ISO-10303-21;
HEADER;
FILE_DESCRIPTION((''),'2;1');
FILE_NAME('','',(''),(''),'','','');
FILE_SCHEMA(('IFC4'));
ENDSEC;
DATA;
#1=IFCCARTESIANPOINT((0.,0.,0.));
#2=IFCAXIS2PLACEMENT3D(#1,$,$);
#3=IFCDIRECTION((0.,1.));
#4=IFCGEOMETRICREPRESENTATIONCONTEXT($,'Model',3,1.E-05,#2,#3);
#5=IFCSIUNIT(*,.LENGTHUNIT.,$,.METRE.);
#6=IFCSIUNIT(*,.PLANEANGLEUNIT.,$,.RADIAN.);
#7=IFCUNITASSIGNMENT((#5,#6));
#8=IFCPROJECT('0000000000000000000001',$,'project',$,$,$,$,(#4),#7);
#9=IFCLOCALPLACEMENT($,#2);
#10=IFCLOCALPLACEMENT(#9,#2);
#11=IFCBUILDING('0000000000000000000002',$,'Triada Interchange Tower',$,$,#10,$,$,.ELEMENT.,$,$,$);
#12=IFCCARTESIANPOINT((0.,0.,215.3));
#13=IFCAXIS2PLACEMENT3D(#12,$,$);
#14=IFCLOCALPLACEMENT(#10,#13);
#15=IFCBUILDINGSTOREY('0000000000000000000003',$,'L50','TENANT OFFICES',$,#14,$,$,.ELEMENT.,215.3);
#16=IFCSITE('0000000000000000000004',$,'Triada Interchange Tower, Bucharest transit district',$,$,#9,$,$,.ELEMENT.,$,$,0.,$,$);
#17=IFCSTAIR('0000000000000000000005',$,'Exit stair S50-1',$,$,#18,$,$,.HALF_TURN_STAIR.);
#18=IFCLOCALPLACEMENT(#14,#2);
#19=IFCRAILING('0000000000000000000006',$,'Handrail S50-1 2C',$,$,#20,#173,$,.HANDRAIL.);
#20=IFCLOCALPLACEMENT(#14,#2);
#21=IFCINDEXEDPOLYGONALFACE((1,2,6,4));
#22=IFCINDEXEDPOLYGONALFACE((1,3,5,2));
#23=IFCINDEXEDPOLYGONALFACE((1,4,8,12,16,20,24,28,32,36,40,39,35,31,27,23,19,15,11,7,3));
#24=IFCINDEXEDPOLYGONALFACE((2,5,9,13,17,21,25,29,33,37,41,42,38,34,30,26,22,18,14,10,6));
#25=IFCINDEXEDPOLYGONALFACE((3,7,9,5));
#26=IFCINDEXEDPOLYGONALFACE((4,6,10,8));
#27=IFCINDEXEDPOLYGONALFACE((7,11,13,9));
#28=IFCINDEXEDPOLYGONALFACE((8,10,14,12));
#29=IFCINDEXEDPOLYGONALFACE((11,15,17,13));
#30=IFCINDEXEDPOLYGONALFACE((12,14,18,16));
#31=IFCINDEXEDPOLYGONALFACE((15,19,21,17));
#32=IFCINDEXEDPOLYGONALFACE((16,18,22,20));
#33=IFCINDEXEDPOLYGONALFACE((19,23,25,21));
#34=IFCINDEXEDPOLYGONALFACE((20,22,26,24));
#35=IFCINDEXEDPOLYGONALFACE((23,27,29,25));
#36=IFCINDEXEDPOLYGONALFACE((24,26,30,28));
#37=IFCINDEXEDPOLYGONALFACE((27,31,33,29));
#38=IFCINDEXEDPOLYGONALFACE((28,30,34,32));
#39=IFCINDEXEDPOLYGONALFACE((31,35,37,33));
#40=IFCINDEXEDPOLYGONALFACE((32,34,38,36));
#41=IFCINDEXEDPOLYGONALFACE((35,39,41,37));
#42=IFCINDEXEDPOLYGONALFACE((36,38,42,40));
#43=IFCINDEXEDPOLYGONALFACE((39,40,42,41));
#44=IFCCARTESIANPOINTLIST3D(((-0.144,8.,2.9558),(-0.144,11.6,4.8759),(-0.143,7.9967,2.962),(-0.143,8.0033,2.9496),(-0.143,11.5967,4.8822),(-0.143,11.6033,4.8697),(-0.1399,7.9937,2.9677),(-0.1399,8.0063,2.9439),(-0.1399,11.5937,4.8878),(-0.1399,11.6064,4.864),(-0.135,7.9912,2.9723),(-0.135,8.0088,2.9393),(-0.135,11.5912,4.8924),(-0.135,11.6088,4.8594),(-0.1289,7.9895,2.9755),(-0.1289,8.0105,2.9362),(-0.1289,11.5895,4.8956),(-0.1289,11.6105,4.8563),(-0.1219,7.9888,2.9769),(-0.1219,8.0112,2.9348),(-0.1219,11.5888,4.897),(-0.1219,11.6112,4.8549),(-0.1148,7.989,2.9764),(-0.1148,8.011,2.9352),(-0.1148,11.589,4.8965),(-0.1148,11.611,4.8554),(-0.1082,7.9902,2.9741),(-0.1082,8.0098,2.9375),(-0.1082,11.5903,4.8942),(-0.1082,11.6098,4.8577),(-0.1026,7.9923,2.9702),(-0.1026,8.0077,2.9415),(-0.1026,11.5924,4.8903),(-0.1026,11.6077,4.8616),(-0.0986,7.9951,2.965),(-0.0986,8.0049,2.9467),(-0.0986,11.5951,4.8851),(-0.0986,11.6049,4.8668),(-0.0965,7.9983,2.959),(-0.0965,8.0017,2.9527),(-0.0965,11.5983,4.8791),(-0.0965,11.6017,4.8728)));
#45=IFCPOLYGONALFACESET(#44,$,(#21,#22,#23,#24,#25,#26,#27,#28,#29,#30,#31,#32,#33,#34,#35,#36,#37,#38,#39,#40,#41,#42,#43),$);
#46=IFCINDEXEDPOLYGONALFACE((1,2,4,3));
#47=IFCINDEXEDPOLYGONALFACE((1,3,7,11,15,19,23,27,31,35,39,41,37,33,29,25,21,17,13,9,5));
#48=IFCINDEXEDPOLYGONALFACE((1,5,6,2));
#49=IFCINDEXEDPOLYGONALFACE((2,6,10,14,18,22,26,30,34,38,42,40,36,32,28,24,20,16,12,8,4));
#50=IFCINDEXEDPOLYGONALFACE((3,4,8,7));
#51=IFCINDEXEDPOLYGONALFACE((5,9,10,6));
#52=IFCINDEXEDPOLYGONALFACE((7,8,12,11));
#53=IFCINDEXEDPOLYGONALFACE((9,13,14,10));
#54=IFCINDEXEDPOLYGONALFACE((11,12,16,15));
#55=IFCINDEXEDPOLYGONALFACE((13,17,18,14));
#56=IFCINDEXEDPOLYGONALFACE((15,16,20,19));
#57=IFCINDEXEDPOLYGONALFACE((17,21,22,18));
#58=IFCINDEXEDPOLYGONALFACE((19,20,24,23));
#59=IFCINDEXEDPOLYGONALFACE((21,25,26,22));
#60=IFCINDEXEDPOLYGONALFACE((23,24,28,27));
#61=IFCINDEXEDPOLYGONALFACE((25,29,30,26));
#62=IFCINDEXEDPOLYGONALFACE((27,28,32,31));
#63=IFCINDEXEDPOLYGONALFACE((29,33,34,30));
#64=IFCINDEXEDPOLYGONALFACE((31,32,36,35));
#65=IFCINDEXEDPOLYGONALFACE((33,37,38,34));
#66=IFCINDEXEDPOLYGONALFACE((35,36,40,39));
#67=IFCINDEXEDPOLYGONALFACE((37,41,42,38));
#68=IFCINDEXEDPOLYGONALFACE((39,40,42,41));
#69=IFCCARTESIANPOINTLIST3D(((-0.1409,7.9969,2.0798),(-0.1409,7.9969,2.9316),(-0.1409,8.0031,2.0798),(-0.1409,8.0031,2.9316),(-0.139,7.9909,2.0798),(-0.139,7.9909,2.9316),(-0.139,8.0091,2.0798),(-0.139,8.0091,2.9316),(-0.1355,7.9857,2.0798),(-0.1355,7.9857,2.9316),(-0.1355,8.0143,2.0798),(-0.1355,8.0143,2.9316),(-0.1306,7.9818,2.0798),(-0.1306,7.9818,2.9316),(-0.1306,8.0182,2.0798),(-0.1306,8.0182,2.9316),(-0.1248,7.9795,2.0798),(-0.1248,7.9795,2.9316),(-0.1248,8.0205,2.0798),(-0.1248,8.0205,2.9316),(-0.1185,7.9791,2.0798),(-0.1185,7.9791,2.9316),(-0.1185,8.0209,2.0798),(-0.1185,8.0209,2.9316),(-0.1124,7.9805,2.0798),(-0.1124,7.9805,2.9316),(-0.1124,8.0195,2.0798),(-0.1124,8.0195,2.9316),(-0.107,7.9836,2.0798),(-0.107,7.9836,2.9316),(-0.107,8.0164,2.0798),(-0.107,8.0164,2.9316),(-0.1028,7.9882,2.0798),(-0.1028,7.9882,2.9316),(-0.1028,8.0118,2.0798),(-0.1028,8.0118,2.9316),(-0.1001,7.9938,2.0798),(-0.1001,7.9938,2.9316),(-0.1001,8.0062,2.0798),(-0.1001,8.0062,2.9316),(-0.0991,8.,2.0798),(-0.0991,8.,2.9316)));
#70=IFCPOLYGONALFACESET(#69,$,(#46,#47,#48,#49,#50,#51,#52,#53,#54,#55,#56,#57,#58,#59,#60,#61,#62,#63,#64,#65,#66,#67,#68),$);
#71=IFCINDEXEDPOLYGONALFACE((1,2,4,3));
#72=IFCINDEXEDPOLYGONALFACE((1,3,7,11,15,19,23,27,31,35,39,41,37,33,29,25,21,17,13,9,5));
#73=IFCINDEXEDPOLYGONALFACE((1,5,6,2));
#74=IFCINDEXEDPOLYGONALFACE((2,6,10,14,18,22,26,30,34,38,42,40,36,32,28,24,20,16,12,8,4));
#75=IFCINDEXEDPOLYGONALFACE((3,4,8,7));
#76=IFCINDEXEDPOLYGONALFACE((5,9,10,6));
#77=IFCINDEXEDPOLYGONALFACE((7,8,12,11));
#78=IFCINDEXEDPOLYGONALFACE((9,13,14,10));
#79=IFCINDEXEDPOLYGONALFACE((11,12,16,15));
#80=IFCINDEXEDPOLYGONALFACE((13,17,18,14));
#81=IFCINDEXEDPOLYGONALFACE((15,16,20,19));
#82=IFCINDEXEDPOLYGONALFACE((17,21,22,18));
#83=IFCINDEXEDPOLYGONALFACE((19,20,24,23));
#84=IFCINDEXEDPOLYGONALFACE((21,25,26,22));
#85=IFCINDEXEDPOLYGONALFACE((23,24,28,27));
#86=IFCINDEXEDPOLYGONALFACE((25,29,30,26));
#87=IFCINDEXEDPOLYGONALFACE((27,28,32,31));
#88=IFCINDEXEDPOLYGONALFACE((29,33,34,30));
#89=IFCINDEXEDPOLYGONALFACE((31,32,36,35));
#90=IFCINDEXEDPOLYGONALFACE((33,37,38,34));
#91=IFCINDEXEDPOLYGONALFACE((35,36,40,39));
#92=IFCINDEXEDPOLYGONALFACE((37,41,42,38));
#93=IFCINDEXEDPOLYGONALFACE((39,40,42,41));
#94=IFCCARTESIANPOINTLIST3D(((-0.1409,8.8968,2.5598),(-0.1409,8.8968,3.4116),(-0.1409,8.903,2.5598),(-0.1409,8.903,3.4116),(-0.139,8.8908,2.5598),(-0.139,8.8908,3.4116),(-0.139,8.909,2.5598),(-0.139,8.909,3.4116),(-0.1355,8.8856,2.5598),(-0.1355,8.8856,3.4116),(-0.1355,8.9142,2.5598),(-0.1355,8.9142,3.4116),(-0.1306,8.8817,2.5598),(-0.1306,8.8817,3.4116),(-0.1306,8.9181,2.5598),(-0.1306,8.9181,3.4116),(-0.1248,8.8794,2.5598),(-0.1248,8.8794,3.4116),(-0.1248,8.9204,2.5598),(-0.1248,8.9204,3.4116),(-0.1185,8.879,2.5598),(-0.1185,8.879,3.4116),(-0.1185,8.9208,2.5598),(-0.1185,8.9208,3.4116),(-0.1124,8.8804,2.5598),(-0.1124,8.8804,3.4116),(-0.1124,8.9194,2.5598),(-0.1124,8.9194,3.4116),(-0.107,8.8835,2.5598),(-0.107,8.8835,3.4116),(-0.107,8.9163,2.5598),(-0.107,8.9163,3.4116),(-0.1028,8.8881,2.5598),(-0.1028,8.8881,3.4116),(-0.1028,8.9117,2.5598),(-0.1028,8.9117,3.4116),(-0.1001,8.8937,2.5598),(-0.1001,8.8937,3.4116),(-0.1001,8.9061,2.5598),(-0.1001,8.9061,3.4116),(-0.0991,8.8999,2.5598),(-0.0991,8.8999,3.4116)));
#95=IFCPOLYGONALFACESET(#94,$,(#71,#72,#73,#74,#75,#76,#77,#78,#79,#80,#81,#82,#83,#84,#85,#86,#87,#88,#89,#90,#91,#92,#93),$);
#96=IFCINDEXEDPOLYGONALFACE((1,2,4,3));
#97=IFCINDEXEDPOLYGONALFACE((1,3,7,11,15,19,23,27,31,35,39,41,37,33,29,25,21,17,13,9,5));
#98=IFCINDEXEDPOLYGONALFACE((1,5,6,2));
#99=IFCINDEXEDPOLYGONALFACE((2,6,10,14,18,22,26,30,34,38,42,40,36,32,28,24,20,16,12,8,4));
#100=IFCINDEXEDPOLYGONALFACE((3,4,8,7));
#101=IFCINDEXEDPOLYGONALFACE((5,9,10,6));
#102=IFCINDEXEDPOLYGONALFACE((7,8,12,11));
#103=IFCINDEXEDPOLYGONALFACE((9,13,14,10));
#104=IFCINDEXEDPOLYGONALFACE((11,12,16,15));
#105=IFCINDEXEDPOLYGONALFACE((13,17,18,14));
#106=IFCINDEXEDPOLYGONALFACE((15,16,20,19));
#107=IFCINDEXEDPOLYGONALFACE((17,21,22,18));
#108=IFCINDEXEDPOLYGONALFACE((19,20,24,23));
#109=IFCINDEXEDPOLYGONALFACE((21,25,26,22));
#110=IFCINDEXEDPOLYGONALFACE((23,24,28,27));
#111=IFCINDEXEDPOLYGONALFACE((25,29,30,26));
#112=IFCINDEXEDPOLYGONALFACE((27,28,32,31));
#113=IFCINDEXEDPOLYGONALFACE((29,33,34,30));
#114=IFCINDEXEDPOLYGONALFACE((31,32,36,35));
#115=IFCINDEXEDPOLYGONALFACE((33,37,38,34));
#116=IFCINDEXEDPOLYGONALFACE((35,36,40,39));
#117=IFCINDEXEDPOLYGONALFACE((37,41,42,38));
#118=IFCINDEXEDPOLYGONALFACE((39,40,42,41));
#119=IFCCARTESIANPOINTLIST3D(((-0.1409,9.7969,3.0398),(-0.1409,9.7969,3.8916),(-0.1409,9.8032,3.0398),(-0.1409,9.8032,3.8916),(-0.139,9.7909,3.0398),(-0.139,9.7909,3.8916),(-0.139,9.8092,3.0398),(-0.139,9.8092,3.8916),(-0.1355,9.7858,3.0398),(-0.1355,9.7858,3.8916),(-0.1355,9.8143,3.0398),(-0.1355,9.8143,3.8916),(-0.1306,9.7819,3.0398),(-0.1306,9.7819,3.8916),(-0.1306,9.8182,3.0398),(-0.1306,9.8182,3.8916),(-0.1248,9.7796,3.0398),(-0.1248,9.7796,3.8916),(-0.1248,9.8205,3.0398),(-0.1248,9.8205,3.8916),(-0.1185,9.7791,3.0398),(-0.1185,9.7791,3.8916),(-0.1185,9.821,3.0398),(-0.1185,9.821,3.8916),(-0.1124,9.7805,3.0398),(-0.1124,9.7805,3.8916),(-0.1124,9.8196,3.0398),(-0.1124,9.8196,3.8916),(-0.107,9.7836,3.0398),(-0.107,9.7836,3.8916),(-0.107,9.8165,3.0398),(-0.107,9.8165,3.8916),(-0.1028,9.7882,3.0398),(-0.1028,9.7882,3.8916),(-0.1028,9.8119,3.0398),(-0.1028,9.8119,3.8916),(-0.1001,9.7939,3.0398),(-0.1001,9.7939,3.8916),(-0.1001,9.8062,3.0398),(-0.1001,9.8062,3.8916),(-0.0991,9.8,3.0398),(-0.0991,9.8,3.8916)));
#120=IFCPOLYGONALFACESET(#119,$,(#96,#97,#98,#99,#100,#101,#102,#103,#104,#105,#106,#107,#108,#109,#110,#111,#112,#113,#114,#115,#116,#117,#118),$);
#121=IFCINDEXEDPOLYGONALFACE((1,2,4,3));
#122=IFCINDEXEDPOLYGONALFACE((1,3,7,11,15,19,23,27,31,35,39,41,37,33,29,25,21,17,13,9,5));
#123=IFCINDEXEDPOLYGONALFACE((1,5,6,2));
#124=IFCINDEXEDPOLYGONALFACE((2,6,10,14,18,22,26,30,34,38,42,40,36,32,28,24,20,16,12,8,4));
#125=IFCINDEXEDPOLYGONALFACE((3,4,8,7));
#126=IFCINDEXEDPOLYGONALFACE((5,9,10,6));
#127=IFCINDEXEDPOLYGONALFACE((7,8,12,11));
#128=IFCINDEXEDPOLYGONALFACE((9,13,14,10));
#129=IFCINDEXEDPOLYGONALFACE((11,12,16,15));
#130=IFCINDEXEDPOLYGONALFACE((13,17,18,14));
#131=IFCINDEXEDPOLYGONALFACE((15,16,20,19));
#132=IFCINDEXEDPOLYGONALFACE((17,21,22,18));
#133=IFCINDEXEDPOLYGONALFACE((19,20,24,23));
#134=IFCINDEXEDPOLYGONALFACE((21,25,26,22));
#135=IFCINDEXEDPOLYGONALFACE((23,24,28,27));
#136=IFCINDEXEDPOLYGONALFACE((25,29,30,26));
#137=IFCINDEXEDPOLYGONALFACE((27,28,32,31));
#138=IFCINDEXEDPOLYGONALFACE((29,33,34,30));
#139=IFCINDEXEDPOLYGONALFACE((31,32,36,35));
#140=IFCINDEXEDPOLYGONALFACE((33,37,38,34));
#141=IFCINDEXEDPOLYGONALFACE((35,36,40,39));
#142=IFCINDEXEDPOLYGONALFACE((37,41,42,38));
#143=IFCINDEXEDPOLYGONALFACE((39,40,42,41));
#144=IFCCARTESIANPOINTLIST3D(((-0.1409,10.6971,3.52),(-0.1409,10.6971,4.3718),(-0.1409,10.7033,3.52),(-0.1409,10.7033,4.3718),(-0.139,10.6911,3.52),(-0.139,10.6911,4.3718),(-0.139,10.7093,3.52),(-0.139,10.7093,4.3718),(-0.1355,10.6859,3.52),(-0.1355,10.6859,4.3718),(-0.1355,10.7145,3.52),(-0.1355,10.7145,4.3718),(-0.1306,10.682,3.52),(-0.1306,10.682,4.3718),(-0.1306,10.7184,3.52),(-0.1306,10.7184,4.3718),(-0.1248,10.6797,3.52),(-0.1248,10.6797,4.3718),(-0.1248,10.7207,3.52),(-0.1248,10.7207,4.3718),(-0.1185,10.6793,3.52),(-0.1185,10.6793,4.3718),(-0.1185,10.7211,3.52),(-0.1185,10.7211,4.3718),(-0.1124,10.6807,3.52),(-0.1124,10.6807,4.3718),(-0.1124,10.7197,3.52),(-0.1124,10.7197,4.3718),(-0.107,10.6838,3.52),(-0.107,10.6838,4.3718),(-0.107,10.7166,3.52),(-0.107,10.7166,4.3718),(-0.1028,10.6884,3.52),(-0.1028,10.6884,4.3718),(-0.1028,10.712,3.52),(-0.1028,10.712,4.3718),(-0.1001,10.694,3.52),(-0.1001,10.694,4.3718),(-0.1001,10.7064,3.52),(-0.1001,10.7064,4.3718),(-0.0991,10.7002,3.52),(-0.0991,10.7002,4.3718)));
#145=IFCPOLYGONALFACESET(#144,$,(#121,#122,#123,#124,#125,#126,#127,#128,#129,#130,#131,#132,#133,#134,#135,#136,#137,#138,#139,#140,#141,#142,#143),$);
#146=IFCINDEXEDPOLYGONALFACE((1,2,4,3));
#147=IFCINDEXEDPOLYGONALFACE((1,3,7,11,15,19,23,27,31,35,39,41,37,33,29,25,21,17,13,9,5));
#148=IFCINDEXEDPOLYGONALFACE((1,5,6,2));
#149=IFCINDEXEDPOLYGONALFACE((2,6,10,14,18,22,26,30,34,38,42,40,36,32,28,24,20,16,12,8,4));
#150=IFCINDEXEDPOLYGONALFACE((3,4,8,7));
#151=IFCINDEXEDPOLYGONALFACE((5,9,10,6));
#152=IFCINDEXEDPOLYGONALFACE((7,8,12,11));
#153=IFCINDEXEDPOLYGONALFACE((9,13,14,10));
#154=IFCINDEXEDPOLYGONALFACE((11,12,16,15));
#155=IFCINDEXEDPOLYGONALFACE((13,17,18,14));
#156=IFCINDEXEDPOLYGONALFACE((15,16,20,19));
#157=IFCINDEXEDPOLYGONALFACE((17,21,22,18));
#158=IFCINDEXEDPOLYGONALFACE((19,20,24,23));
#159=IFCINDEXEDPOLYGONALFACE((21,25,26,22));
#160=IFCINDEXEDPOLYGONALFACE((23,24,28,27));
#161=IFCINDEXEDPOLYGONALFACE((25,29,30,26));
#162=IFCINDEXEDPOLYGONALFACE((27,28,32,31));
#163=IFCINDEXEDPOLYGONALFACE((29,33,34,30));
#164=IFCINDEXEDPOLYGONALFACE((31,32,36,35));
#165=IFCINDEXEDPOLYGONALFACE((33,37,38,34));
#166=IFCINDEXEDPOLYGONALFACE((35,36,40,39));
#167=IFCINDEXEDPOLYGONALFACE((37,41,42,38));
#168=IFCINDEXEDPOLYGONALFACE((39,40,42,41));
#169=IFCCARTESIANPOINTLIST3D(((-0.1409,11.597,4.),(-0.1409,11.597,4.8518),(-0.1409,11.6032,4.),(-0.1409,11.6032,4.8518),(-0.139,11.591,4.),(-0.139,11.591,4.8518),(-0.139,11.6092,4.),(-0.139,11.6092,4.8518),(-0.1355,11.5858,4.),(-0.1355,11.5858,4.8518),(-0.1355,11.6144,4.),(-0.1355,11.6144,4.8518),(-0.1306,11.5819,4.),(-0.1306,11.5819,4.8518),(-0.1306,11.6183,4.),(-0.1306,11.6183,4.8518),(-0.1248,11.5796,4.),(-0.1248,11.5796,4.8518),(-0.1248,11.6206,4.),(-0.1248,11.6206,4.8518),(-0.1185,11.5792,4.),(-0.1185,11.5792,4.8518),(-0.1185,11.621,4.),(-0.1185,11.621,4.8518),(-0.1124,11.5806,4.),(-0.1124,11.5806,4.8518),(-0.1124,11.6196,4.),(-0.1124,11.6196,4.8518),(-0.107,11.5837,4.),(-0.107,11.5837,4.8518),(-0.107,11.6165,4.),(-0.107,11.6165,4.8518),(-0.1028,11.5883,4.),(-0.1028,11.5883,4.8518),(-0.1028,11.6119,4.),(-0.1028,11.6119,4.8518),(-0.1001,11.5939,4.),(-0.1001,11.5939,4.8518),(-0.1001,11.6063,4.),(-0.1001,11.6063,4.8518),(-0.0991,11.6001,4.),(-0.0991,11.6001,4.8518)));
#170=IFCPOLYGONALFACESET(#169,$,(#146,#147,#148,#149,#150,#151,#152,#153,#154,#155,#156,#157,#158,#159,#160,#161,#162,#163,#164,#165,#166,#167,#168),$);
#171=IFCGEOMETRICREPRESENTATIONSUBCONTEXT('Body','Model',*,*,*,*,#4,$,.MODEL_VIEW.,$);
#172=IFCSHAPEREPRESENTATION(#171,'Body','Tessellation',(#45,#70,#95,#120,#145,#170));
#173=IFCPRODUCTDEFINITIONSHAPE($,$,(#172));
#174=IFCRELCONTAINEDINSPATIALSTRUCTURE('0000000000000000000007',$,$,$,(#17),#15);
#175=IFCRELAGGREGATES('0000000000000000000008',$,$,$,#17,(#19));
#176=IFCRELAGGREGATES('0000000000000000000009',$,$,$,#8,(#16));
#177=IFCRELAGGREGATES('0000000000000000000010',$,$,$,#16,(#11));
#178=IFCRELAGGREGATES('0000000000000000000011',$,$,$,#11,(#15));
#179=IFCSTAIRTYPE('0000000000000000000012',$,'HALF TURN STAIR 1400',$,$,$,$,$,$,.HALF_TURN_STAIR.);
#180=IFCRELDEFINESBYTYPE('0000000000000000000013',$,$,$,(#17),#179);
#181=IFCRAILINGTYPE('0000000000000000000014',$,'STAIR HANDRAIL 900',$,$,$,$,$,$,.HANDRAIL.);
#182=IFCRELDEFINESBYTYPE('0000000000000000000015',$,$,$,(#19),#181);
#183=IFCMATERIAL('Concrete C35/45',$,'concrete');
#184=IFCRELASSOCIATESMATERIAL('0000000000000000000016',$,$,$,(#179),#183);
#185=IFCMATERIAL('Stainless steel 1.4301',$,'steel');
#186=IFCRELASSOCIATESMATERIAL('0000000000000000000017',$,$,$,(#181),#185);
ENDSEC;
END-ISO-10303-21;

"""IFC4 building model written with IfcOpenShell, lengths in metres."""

from ifc_helpers import new_model, si_unit, direction, frame, origin, origin_2d, place, context, subcontext, project, spatial, circle, extrude, material, type_object, element, aggregate, save


model = new_model("IFC4")

# Units and contexts
model_context = context("Model", 3, precision=1e-05, world=origin(), true_north=direction((0.0, 1.0)))
body_context = subcontext(model_context, "Body", "Model", "MODEL_VIEW")
ifc_project = project(units=[si_unit("LENGTHUNIT", "METRE"), si_unit("PLANEANGLEUNIT", "RADIAN")], contexts=[model_context])

# Site, building, storey
site_placement = place(None, origin())
site = spatial("IfcSite", under=ifc_project, at=site_placement, Name="Triada Interchange Tower, Bucharest transit district", CompositionType="ELEMENT", RefElevation=0.0)
building_placement = place(site_placement, origin())
building = spatial("IfcBuilding", under=site, at=building_placement, Name="Triada Interchange Tower", CompositionType="ELEMENT")
storey_placement = place(building_placement, frame((0.0, 0.0, 215.3)))
storey = spatial("IfcBuildingStorey", under=building, at=storey_placement, Name="L50", Description="TENANT OFFICES", CompositionType="ELEMENT", Elevation=215.3)

# Stair, railing
ifc_material_1 = material(Name="Concrete C35/45", Category="concrete")
stair_type = type_object("IfcStairType", Name="HALF TURN STAIR 1400", PredefinedType="HALF_TURN_STAIR", material=ifc_material_1)
stair_placement = place(storey_placement, origin())
stair = element("IfcStair", 1, at=stair_placement, inside=storey, type_object=stair_type, Name="Exit stair S50-1", PredefinedType="HALF_TURN_STAIR")
ifc_material_2 = material(Name="Stainless steel 1.4301", Category="steel")
railing_type = type_object("IfcRailingType", Name="STAIR HANDRAIL 900", PredefinedType="HANDRAIL", material=ifc_material_2)
railing_1_placement = place(storey_placement, frame((-0.1201, 8.0, 2.0798)))
railing_1 = element("IfcRailing", 2, at=railing_1_placement, type_object=railing_type, Name="Handrail S50-1 2C", PredefinedType="HANDRAIL", context=body_context, shape_type="SweptSolid", body=[
    extrude(circle(Radius=0.0239, at=origin_2d()), frame((0.0, 0.0, 0.876), z_axis=(0.0, 0.882341, 0.47061), x_axis=(-1.0, 0.0, 0.0)), (0.0, 0.0, 1.0), 4.0801),
    extrude(circle(Radius=0.021, at=origin_2d()), origin(), (0.0, 0.0, 1.0), 0.8518),
    extrude(circle(Radius=0.021, at=origin_2d()), frame((0.0, 0.8999, 0.48)), (0.0, 0.0, 1.0), 0.8518),
    extrude(circle(Radius=0.021, at=origin_2d()), frame((0.0, 1.8, 0.96)), (0.0, 0.0, 1.0), 0.8518),
    extrude(circle(Radius=0.021, at=origin_2d()), frame((0.0, 2.7002, 1.4402)), (0.0, 0.0, 1.0), 0.8518),
    extrude(circle(Radius=0.021, at=origin_2d()), frame((0.0, 3.6001, 1.9202)), (0.0, 0.0, 1.0), 0.8518),
])
aggregate(stair, [railing_1])

save(model, "model.ifc")
